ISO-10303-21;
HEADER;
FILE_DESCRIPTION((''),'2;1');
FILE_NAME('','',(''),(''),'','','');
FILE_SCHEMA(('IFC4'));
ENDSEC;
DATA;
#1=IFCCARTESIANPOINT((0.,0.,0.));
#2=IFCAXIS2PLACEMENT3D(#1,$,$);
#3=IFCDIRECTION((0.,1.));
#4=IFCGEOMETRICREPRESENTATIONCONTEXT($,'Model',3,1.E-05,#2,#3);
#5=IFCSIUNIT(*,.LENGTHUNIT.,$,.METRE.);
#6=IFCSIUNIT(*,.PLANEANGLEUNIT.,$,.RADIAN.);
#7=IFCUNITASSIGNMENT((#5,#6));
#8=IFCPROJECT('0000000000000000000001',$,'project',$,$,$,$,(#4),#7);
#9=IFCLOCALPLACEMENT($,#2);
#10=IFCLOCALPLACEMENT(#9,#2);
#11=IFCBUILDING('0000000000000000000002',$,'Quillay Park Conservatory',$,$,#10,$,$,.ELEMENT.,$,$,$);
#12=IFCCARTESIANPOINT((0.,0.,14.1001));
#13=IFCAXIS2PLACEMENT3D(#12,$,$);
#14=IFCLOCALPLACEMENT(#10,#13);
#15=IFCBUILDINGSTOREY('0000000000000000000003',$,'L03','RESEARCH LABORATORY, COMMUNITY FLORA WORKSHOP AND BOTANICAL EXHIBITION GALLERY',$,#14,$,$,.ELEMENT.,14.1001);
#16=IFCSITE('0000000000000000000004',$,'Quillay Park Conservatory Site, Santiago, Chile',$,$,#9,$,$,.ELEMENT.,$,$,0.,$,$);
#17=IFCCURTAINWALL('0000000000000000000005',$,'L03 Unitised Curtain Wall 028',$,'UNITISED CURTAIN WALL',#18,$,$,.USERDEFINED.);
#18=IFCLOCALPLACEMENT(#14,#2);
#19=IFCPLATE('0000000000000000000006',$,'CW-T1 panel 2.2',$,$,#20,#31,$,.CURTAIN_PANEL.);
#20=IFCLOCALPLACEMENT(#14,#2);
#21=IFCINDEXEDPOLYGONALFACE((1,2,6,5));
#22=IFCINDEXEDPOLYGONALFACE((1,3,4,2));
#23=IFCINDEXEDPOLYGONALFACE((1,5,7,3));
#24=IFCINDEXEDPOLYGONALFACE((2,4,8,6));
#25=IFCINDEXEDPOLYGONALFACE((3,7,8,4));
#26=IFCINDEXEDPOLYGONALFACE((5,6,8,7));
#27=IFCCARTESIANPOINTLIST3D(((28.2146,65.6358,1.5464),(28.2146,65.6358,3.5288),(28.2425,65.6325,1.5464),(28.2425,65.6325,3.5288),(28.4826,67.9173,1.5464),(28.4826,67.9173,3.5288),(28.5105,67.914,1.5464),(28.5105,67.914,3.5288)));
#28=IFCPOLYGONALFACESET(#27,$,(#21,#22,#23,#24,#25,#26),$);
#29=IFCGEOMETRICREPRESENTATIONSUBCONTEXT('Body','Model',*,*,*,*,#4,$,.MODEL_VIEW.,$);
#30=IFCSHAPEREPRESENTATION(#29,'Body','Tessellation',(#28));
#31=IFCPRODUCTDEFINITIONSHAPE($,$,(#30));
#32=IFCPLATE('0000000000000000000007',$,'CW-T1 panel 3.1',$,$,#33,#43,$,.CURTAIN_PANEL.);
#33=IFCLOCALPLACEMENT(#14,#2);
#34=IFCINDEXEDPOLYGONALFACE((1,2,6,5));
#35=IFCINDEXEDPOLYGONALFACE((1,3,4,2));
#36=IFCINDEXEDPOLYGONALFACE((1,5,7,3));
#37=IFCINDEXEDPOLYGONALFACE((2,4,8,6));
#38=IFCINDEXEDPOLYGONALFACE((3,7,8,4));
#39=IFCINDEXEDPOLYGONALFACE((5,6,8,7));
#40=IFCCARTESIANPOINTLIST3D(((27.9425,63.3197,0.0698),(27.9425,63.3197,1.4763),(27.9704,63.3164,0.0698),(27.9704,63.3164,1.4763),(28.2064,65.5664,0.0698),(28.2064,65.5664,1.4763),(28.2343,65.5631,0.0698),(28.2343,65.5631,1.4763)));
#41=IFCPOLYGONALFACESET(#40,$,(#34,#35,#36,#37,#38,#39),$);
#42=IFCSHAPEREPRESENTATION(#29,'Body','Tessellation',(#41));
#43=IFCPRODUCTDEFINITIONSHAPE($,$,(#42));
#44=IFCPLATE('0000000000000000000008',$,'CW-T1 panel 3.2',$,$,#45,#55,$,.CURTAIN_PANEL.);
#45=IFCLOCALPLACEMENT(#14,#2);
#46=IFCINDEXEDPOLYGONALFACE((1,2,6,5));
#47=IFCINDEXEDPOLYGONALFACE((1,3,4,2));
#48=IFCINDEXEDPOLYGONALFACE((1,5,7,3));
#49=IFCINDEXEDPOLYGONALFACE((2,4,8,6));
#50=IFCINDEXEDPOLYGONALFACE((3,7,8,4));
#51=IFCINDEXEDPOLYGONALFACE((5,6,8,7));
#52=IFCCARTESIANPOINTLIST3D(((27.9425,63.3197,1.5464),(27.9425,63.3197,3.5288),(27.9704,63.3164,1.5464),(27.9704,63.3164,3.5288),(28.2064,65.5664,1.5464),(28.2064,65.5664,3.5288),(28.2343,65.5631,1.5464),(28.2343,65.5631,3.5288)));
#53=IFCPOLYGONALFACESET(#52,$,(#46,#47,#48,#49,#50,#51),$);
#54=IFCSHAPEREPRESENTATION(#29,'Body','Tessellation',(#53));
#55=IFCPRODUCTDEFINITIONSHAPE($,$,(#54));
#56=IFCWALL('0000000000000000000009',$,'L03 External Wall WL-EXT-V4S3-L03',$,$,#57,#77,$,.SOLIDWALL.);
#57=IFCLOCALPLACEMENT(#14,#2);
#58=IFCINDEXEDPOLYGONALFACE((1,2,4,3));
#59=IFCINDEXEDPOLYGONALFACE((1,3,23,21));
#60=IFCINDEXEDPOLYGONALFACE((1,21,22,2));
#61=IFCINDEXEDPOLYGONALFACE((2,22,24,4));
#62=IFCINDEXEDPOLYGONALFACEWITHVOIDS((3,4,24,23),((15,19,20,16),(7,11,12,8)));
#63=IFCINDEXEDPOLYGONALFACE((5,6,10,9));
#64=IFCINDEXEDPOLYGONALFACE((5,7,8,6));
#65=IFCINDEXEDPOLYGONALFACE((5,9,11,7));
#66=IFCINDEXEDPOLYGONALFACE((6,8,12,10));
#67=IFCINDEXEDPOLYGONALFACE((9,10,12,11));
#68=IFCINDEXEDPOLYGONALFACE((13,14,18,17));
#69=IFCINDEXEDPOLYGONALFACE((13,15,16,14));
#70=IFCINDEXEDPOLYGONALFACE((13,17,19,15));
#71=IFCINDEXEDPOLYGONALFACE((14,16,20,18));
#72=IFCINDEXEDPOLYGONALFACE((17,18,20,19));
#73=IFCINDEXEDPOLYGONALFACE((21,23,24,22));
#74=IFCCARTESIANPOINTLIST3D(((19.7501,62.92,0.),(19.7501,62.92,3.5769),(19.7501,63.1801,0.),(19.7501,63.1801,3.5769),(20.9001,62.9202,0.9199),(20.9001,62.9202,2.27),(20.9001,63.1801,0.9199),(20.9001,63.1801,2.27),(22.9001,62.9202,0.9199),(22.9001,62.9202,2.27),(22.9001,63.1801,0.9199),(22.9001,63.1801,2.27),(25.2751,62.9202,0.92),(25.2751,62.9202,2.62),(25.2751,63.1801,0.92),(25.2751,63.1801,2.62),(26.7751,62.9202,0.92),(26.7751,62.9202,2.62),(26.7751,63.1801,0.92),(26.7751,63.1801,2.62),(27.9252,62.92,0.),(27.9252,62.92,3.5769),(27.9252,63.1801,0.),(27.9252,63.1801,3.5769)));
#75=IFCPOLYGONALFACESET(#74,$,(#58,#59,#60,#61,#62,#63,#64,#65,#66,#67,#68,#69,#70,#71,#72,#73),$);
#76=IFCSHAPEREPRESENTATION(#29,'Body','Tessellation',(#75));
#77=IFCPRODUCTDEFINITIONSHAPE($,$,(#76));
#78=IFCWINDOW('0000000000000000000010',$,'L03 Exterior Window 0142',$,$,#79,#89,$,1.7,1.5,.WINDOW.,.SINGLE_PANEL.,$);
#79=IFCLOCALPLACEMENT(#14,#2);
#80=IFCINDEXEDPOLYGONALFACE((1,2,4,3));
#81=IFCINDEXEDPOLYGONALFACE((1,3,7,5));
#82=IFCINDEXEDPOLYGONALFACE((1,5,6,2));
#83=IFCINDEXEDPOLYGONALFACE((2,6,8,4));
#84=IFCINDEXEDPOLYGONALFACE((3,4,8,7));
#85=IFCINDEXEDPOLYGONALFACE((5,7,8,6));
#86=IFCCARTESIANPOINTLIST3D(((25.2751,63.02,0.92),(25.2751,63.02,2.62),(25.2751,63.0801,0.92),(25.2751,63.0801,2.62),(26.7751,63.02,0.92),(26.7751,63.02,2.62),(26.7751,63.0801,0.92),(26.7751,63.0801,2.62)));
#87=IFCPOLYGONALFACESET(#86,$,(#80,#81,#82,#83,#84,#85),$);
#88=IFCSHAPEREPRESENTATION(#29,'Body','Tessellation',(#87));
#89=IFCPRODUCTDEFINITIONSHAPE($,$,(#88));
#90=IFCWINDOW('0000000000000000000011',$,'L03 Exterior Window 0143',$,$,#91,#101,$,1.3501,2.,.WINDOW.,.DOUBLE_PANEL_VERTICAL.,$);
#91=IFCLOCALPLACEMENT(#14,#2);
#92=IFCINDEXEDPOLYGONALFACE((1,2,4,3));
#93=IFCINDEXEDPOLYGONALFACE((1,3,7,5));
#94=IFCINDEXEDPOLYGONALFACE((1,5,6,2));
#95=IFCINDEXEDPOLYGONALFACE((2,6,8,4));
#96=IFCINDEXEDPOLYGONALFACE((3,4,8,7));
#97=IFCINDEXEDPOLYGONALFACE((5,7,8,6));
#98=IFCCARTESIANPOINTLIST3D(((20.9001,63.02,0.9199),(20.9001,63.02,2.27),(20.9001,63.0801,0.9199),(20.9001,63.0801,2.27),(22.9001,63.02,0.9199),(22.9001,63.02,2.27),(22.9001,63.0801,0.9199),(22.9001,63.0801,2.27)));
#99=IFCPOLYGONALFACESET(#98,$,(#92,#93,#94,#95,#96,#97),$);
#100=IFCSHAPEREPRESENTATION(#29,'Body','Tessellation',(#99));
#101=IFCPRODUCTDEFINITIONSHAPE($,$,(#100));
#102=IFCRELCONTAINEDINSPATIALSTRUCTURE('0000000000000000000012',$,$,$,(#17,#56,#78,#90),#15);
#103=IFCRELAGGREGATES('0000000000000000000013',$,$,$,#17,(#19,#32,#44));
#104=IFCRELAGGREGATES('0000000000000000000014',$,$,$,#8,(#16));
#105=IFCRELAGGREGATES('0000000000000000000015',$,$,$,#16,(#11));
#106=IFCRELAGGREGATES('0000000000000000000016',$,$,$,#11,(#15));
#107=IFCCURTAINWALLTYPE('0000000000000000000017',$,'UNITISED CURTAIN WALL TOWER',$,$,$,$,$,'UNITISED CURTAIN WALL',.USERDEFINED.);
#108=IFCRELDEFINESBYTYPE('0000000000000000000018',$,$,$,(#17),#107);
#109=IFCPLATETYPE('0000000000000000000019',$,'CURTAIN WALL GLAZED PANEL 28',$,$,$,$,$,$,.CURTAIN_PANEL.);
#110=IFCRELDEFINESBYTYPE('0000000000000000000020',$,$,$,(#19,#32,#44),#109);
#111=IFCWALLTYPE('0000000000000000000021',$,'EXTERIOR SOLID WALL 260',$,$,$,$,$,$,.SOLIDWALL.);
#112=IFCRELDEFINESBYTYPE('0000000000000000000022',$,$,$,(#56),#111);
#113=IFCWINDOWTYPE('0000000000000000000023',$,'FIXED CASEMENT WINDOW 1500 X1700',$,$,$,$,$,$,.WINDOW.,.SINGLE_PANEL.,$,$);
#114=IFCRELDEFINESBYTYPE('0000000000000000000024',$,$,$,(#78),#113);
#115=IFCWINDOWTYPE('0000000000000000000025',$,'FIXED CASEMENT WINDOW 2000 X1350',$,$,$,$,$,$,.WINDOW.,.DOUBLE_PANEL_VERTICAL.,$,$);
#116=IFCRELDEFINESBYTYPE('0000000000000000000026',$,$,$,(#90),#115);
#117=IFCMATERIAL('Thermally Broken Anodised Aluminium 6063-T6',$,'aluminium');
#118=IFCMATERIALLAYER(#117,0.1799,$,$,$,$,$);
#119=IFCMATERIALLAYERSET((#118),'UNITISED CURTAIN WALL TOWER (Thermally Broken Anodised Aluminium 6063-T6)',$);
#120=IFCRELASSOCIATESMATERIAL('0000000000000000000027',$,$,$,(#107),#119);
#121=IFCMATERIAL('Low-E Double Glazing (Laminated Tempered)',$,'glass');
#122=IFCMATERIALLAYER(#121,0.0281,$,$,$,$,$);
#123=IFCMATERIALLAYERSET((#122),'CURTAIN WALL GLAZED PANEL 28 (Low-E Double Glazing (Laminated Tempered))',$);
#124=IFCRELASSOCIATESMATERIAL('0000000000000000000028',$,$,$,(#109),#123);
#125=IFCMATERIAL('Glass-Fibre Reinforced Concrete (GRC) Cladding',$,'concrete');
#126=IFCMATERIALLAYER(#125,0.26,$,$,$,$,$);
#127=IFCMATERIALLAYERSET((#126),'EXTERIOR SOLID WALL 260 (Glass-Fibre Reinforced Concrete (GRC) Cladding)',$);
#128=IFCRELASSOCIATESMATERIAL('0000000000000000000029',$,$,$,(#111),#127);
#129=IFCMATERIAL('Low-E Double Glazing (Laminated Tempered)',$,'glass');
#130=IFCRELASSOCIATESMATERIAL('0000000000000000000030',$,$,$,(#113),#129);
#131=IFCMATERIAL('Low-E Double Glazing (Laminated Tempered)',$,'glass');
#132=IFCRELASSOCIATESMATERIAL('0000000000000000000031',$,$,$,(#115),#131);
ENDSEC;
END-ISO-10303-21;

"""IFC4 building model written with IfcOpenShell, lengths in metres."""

from ifc_helpers import new_model, si_unit, direction, frame, frame_2d, origin, origin_2d, place, context, subcontext, project, spatial, rectangle, extrude, material, layer, layer_set, type_object, element, fill, aggregate, save


model = new_model("IFC4")

# Units and contexts
model_context = context("Model", 3, precision=1e-05, world=origin(), true_north=direction((0.0, 1.0)))
body_context = subcontext(model_context, "Body", "Model", "MODEL_VIEW")
ifc_project = project(units=[si_unit("LENGTHUNIT", "METRE"), si_unit("PLANEANGLEUNIT", "RADIAN")], contexts=[model_context])

# Site, building, storey
site_placement = place(None, origin())
site = spatial("IfcSite", under=ifc_project, at=site_placement, Name="Quillay Park Conservatory Site, Santiago, Chile", CompositionType="ELEMENT", RefElevation=0.0)
building_placement = place(site_placement, origin())
building = spatial("IfcBuilding", under=site, at=building_placement, Name="Quillay Park Conservatory", CompositionType="ELEMENT")
storey_placement = place(building_placement, frame((0.0, 0.0, 14.1001)))
storey = spatial("IfcBuildingStorey", under=building, at=storey_placement, Name="L03", Description="RESEARCH LABORATORY, COMMUNITY FLORA WORKSHOP AND BOTANICAL EXHIBITION GALLERY", CompositionType="ELEMENT", Elevation=14.1001)

# Curtain wall
ifc_material_1 = material(Name="Thermally Broken Anodised Aluminium 6063-T6", Category="aluminium")
ifc_layer_1 = layer(ifc_material_1, 0.1799)
ifc_layer_set_1 = layer_set([ifc_layer_1], Name="UNITISED CURTAIN WALL TOWER (Thermally Broken Anodised Aluminium 6063-T6)")
curtain_wall_type = type_object("IfcCurtainWallType", Name="UNITISED CURTAIN WALL TOWER", ElementType="UNITISED CURTAIN WALL", PredefinedType="USERDEFINED", material=ifc_layer_set_1)
curtain_wall_placement = place(storey_placement, origin())
curtain_wall = element("IfcCurtainWall", 1, at=curtain_wall_placement, inside=storey, type_object=curtain_wall_type, Name="L03 Unitised Curtain Wall 028", ObjectType="UNITISED CURTAIN WALL", PredefinedType="USERDEFINED")

# Plates
ifc_material_2 = material(Name="Low-E Double Glazing (Laminated Tempered)", Category="glass")
ifc_layer_2 = layer(ifc_material_2, 0.0281)
ifc_layer_set_2 = layer_set([ifc_layer_2], Name="CURTAIN WALL GLAZED PANEL 28 (Low-E Double Glazing (Laminated Tempered))")
plate_type = type_object("IfcPlateType", Name="CURTAIN WALL GLAZED PANEL 28", PredefinedType="CURTAIN_PANEL", material=ifc_layer_set_2)
plate_1_placement = place(storey_placement, frame((28.3625, 66.7749, 1.5464), z_axis=(0.0, 0.0, 1.0), x_axis=(-0.116655, -0.993173, 0.0)))
plate_1 = element("IfcPlate", 2, at=plate_1_placement, type_object=plate_type, Name="CW-T1 panel 2.2", PredefinedType="CURTAIN_PANEL", context=body_context, shape_type="SweptSolid", body=[
    extrude(rectangle(XDim=2.2971, YDim=0.0281, at=origin_2d()), origin(), (0.0, 0.0, 1.0), 1.9824),
])
plate_2_placement = place(storey_placement, frame((28.0884, 64.4414, 0.0698), z_axis=(0.0, 0.0, 1.0), x_axis=(-0.116655, -0.993173, 0.0)))
plate_2 = element("IfcPlate", 3, at=plate_2_placement, type_object=plate_type, Name="CW-T1 panel 3.1", PredefinedType="CURTAIN_PANEL", context=body_context, shape_type="SweptSolid", body=[
    extrude(rectangle(XDim=2.2622, YDim=0.0281, at=origin_2d()), origin(), (0.0, 0.0, 1.0), 1.4065),
])
plate_3_placement = place(storey_placement, frame((28.0884, 64.4414, 1.5464), z_axis=(0.0, 0.0, 1.0), x_axis=(-0.116655, -0.993173, 0.0)))
plate_3 = element("IfcPlate", 4, at=plate_3_placement, type_object=plate_type, Name="CW-T1 panel 3.2", PredefinedType="CURTAIN_PANEL", context=body_context, shape_type="SweptSolid", body=[
    extrude(rectangle(XDim=2.2622, YDim=0.0281, at=origin_2d()), origin(), (0.0, 0.0, 1.0), 1.9824),
])
aggregate(curtain_wall, [plate_1, plate_2, plate_3])

# Wall, openings, windows
ifc_material_3 = material(Name="Glass-Fibre Reinforced Concrete (GRC) Cladding", Category="concrete")
ifc_layer_3 = layer(ifc_material_3, 0.26)
ifc_layer_set_3 = layer_set([ifc_layer_3], Name="EXTERIOR SOLID WALL 260 (Glass-Fibre Reinforced Concrete (GRC) Cladding)")
wall_type = type_object("IfcWallType", Name="EXTERIOR SOLID WALL 260", PredefinedType="SOLIDWALL", material=ifc_layer_set_3)
wall_placement = place(storey_placement, frame((27.925, 63.05, 0.0), z_axis=(0.0, 0.0, 1.0), x_axis=(-1.0, 0.0, 0.0)))
wall = element("IfcWall", 5, at=wall_placement, inside=storey, type_object=wall_type, Name="L03 External Wall WL-EXT-V4S3-L03", PredefinedType="SOLIDWALL", context=body_context, shape_type="SweptSolid", body=[
    extrude(rectangle(XDim=8.175, YDim=0.26, at=frame_2d((4.0874, 0.0))), origin(), (0.0, 0.0, 1.0), 3.5769),
])
opening_1_placement = place(wall_placement, frame((1.1499, 0.0, 0.9199)))
opening_1 = element("IfcOpeningElement", 6, at=opening_1_placement, cuts=wall, PredefinedType="OPENING", context=body_context, shape_type="SweptSolid", body=[
    extrude(rectangle(XDim=1.5, YDim=1.7, at=frame_2d((0.75, 0.8501))), frame((0.0, 0.1299, 0.0), z_axis=(0.0, -1.0, 0.0), x_axis=(1.0, 0.0, 0.0)), (0.0, 0.0, 1.0), 0.26),
])
opening_2_placement = place(wall_placement, frame((5.0249, 0.0, 0.9199)))
opening_2 = element("IfcOpeningElement", 7, at=opening_2_placement, cuts=wall, PredefinedType="OPENING", context=body_context, shape_type="SweptSolid", body=[
    extrude(rectangle(XDim=2.0, YDim=1.3501, at=frame_2d((1.0, 0.675))), frame((0.0, 0.1299, 0.0), z_axis=(0.0, -1.0, 0.0), x_axis=(1.0, 0.0, 0.0)), (0.0, 0.0, 1.0), 0.26),
])
ifc_material_4 = material(Name="Low-E Double Glazing (Laminated Tempered)", Category="glass")
window_type_1 = type_object("IfcWindowType", Name="FIXED CASEMENT WINDOW 1500 X1700", PartitioningType="SINGLE_PANEL", PredefinedType="WINDOW", material=ifc_material_4)
window_1_placement = place(opening_1_placement, origin())
window_1 = element("IfcWindow", 8, at=window_1_placement, inside=storey, type_object=window_type_1, Name="L03 Exterior Window 0142", OverallHeight=1.7, OverallWidth=1.5, PartitioningType="SINGLE_PANEL", PredefinedType="WINDOW", context=body_context, shape_type="SweptSolid", body=[
    extrude(rectangle(XDim=1.5, YDim=1.7, at=frame_2d((0.75, 0.8501))), frame((0.0, 0.03, 0.0), z_axis=(0.0, -1.0, 0.0), x_axis=(1.0, 0.0, 0.0)), (0.0, 0.0, 1.0), 0.0601),
])
fill(opening_1, window_1)
ifc_material_5 = material(Name="Low-E Double Glazing (Laminated Tempered)", Category="glass")
window_type_2 = type_object("IfcWindowType", Name="FIXED CASEMENT WINDOW 2000 X1350", PartitioningType="DOUBLE_PANEL_VERTICAL", PredefinedType="WINDOW", material=ifc_material_5)
window_2_placement = place(opening_2_placement, origin())
window_2 = element("IfcWindow", 9, at=window_2_placement, inside=storey, type_object=window_type_2, Name="L03 Exterior Window 0143", OverallHeight=1.3501, OverallWidth=2.0, PartitioningType="DOUBLE_PANEL_VERTICAL", PredefinedType="WINDOW", context=body_context, shape_type="SweptSolid", body=[
    extrude(rectangle(XDim=2.0, YDim=1.3501, at=frame_2d((1.0, 0.675))), frame((0.0, 0.03, 0.0), z_axis=(0.0, -1.0, 0.0), x_axis=(1.0, 0.0, 0.0)), (0.0, 0.0, 1.0), 0.0601),
])
fill(opening_2, window_2)

save(model, "model.ifc")
